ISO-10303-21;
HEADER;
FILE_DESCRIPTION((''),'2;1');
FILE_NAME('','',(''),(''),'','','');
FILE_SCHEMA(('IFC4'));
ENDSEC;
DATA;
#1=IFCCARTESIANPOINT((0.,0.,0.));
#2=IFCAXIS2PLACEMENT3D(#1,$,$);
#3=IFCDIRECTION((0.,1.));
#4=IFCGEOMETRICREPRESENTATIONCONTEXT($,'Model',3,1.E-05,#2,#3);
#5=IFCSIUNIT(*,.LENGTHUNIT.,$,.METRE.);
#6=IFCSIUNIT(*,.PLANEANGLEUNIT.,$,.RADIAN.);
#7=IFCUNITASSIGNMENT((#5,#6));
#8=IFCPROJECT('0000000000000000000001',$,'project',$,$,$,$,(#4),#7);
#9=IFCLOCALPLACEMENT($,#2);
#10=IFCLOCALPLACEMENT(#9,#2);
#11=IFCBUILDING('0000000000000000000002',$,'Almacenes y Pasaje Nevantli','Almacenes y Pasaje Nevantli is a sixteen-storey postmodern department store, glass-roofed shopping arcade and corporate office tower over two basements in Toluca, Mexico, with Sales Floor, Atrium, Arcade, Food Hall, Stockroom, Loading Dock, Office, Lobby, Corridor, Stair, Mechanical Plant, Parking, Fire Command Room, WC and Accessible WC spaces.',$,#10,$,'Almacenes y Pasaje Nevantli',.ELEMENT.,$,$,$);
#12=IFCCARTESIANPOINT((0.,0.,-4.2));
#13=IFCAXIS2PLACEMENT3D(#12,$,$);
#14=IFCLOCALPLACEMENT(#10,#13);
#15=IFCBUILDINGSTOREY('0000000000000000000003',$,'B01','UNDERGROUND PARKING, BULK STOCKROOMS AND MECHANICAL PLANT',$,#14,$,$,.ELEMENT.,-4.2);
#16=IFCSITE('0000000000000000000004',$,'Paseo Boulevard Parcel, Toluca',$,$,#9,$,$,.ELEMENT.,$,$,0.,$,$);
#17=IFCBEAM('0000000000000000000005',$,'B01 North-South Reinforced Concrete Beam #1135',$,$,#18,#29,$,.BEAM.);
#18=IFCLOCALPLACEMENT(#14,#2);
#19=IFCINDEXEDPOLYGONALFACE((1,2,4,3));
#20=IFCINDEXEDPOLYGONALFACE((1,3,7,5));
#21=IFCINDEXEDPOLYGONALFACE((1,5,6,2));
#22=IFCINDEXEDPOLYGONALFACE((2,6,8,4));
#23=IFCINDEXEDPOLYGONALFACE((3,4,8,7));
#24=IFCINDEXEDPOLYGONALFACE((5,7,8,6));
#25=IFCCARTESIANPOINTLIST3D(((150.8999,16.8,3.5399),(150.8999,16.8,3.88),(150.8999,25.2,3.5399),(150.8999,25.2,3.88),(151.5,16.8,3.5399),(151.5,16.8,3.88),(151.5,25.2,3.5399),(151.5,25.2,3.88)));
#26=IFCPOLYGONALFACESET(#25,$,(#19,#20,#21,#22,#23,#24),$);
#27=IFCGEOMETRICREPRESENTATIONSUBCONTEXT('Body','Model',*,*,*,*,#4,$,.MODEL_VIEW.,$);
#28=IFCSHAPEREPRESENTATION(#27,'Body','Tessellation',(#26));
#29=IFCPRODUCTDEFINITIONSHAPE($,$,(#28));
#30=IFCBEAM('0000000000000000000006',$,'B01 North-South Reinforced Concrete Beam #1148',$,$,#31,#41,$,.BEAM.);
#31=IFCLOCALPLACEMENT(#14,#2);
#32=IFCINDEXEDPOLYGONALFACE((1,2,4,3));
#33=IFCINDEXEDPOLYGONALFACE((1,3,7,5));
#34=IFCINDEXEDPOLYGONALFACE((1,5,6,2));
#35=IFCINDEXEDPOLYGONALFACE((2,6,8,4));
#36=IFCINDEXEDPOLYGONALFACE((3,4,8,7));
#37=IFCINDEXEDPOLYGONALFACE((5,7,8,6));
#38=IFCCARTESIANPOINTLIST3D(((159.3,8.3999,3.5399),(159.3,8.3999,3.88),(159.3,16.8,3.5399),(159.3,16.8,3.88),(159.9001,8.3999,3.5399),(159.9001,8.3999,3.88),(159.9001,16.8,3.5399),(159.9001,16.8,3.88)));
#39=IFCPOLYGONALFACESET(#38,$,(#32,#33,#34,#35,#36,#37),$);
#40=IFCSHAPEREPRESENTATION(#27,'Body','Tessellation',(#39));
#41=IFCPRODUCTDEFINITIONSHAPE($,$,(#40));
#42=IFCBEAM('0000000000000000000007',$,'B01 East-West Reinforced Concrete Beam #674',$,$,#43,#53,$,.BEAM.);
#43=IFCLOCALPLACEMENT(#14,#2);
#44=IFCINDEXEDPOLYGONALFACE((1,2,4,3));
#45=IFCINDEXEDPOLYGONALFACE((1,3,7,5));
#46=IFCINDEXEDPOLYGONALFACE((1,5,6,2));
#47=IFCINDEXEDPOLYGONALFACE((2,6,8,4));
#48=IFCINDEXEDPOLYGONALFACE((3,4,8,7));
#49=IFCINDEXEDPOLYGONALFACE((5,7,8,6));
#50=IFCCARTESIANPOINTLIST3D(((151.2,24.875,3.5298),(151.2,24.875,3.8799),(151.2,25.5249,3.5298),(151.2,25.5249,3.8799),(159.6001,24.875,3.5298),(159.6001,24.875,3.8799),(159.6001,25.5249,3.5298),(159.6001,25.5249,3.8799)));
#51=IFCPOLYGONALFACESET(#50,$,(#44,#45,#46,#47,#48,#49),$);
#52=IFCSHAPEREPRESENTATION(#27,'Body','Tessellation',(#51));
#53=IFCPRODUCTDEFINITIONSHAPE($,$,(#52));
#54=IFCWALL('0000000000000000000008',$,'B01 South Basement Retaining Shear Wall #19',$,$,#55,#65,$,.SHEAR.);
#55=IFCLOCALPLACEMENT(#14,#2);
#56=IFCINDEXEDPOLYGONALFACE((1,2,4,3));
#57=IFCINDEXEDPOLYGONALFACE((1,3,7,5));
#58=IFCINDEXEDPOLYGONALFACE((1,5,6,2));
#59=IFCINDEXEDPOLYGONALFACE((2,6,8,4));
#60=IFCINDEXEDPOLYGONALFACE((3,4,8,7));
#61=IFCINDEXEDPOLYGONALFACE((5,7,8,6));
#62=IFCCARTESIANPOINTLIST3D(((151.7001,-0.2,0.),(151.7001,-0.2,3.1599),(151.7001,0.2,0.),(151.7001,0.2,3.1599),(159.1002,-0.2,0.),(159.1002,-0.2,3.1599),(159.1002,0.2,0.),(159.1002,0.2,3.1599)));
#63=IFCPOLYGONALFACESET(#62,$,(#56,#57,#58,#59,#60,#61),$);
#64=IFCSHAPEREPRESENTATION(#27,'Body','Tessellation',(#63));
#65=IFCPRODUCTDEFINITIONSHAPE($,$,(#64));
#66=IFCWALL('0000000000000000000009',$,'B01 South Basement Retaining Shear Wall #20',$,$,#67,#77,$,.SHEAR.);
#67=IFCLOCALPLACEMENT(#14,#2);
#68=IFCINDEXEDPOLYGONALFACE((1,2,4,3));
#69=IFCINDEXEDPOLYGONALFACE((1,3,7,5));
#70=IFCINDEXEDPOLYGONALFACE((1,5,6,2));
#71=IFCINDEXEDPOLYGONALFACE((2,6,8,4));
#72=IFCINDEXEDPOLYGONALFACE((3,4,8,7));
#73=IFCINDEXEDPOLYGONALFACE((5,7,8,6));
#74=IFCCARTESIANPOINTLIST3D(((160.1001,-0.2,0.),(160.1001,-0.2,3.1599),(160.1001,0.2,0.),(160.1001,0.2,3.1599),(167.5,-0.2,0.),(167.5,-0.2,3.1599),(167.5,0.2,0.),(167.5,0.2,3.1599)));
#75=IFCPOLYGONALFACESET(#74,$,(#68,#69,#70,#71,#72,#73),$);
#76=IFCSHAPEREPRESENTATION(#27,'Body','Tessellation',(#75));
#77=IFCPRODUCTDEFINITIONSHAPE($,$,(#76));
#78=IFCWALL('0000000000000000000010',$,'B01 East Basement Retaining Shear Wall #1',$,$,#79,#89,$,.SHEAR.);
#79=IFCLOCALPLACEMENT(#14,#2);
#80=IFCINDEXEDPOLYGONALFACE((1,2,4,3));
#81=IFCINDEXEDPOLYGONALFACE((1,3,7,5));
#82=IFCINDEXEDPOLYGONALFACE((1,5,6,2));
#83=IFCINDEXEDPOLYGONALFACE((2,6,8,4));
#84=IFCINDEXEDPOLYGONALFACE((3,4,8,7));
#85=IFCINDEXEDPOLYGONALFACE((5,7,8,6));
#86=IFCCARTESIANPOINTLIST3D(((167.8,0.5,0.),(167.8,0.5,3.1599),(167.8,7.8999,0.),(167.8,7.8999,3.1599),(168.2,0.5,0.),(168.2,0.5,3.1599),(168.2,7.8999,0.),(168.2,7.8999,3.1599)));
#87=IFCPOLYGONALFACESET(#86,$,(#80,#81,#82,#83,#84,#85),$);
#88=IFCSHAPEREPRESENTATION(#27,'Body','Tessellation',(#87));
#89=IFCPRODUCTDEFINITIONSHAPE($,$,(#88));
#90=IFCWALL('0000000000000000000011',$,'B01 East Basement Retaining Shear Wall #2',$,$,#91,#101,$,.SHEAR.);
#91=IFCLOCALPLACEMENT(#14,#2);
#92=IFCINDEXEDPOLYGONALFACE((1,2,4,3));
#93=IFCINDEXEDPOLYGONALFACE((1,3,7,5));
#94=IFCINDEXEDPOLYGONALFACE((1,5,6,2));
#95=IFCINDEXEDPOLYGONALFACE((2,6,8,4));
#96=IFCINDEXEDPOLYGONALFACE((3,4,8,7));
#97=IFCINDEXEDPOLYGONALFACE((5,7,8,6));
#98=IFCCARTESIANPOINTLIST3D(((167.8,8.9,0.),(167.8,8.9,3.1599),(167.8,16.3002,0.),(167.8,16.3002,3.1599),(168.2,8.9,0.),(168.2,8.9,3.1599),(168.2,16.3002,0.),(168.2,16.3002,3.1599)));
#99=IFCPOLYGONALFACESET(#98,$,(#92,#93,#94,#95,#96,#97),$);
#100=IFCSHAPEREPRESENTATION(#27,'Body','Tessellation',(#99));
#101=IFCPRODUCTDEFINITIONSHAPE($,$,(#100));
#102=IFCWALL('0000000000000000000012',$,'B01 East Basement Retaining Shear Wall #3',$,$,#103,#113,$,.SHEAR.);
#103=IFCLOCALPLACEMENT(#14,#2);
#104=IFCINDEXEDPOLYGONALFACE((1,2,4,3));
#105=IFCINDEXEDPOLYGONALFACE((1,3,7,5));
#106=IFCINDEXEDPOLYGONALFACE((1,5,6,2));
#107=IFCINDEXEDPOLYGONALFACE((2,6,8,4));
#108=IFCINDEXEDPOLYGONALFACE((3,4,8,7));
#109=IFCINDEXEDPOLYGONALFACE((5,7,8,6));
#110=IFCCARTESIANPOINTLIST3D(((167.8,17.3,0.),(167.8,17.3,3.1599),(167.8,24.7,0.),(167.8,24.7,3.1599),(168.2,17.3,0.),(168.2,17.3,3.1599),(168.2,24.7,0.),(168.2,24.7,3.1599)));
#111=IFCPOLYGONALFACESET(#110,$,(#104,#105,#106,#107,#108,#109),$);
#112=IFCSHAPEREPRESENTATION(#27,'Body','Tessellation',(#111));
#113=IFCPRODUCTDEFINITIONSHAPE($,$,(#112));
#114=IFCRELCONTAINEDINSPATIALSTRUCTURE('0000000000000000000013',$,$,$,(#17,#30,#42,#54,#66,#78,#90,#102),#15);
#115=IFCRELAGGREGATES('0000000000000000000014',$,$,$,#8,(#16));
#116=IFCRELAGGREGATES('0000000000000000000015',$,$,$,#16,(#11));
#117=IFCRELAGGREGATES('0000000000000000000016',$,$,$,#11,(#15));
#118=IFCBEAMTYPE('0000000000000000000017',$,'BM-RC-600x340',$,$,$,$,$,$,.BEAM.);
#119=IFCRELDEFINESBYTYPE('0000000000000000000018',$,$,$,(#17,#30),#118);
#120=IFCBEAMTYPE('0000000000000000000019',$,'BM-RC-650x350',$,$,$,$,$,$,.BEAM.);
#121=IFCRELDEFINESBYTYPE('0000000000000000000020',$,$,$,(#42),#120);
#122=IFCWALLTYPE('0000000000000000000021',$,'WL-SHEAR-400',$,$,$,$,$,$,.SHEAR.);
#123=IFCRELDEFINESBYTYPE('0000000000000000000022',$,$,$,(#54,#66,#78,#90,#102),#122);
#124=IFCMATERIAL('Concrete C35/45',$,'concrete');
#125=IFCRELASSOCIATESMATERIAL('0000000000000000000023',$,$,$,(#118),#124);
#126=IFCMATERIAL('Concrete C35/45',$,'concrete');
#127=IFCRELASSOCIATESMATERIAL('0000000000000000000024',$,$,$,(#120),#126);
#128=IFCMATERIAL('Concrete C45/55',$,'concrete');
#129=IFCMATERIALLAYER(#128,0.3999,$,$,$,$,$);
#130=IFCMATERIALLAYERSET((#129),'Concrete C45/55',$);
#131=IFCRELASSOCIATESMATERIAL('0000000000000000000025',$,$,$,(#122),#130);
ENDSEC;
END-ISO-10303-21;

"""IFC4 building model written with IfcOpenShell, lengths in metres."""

from ifc_helpers import new_model, si_unit, direction, frame, frame_2d, origin, origin_2d, place, context, subcontext, project, spatial, rectangle, extrude, material, layer, layer_set, material_profile, profile_set, type_object, element, save


model = new_model("IFC4")

# Units and contexts
model_context = context("Model", 3, precision=1e-05, world=origin(), true_north=direction((0.0, 1.0)))
body_context = subcontext(model_context, "Body", "Model", "MODEL_VIEW")
ifc_project = project(units=[si_unit("LENGTHUNIT", "METRE"), si_unit("PLANEANGLEUNIT", "RADIAN")], contexts=[model_context])

# Site, building, storey
site_placement = place(None, origin())
site = spatial("IfcSite", under=ifc_project, at=site_placement, Name="Paseo Boulevard Parcel, Toluca", CompositionType="ELEMENT", RefElevation=0.0)
building_placement = place(site_placement, origin())
building = spatial("IfcBuilding", under=site, at=building_placement, Name="Almacenes y Pasaje Nevantli", Description="Almacenes y Pasaje Nevantli is a sixteen-storey postmodern department store, glass-roofed shopping arcade and corporate office tower over two basements in Toluca, Mexico, with Sales Floor, Atrium, Arcade, Food Hall, Stockroom, Loading Dock, Office, Lobby, Corridor, Stair, Mechanical Plant, Parking, Fire Command Room, WC and Accessible WC spaces.", LongName="Almacenes y Pasaje Nevantli", CompositionType="ELEMENT")
storey_placement = place(building_placement, frame((0.0, 0.0, -4.2)))
storey = spatial("IfcBuildingStorey", under=building, at=storey_placement, Name="B01", Description="UNDERGROUND PARKING, BULK STOCKROOMS AND MECHANICAL PLANT", CompositionType="ELEMENT", Elevation=-4.2)

# Beams
ifc_material_1 = material(Name="Concrete C35/45", Category="concrete")
ifc_material_profile_1 = material_profile(ifc_material_1, rectangle(XDim=0.6001, YDim=0.3401, at=origin_2d()), Name="RC-BM-600x340")
ifc_profile_set_1 = profile_set([ifc_material_profile_1], Name="Concrete C35/45")
beam_type_1 = type_object("IfcBeamType", Name="BM-RC-600x340", PredefinedType="BEAM", material=ifc_profile_set_1)
beam_1_placement = place(storey_placement, frame((151.2, 16.8, 3.71), z_axis=(0.0, 1.0, 0.0), x_axis=(-1.0, 0.0, 0.0)))
element("IfcBeam", 1, at=beam_1_placement, inside=storey, type_object=beam_type_1, Name="B01 North-South Reinforced Concrete Beam #1135", PredefinedType="BEAM", context=body_context, shape_type="SweptSolid", body=[
    extrude(rectangle(XDim=0.6001, YDim=0.3401, at=origin_2d()), origin(), (0.0, 0.0, 1.0), 8.3999),
])
beam_2_placement = place(storey_placement, frame((159.6001, 8.3999, 3.71), z_axis=(0.0, 1.0, 0.0), x_axis=(-1.0, 0.0, 0.0)))
element("IfcBeam", 2, at=beam_2_placement, inside=storey, type_object=beam_type_1, Name="B01 North-South Reinforced Concrete Beam #1148", PredefinedType="BEAM", context=body_context, shape_type="SweptSolid", body=[
    extrude(rectangle(XDim=0.6001, YDim=0.3401, at=origin_2d()), origin(), (0.0, 0.0, 1.0), 8.4001),
])
ifc_material_2 = material(Name="Concrete C35/45", Category="concrete")
ifc_material_profile_2 = material_profile(ifc_material_2, rectangle(XDim=0.6499, YDim=0.3501, at=origin_2d()), Name="RC-BM-650x350")
ifc_profile_set_2 = profile_set([ifc_material_profile_2], Name="Concrete C35/45")
beam_type_2 = type_object("IfcBeamType", Name="BM-RC-650x350", PredefinedType="BEAM", material=ifc_profile_set_2)
beam_3_placement = place(storey_placement, frame((151.2, 25.2, 3.7048), z_axis=(1.0, 0.0, 0.0), x_axis=(0.0, 1.0, 0.0)))
element("IfcBeam", 3, at=beam_3_placement, inside=storey, type_object=beam_type_2, Name="B01 East-West Reinforced Concrete Beam #674", PredefinedType="BEAM", context=body_context, shape_type="SweptSolid", body=[
    extrude(rectangle(XDim=0.6499, YDim=0.3501, at=origin_2d()), origin(), (0.0, 0.0, 1.0), 8.4001),
])

# Walls
ifc_material_3 = material(Name="Concrete C45/55", Category="concrete")
ifc_layer = layer(ifc_material_3, 0.3999)
ifc_layer_set = layer_set([ifc_layer], Name="Concrete C45/55")
wall_type = type_object("IfcWallType", Name="WL-SHEAR-400", PredefinedType="SHEAR", material=ifc_layer_set)
wall_1_placement = place(storey_placement, frame((151.7, 0.0, 0.0), z_axis=(0.0, 0.0, 1.0), x_axis=(1.0, 0.0, 0.0)))
element("IfcWall", 4, at=wall_1_placement, inside=storey, type_object=wall_type, Name="B01 South Basement Retaining Shear Wall #19", PredefinedType="SHEAR", context=body_context, shape_type="SweptSolid", body=[
    extrude(rectangle(XDim=7.4001, YDim=0.3999, at=frame_2d((3.7002, 0.0))), origin(), (0.0, 0.0, 1.0), 3.1599),
])
for number, where, z_axis, x_axis, name in (
    (5, (160.1001, 0.0, 0.0), (0.0, 0.0, 1.0), (1.0, 0.0, 0.0), "B01 South Basement Retaining Shear Wall #20"),
    (6, (168.0, 0.5, 0.0), (0.0, 0.0, 1.0), (0.0, 1.0, 0.0), "B01 East Basement Retaining Shear Wall #1"),
):
    element("IfcWall", number, at=place(storey_placement, frame(where, z_axis=z_axis, x_axis=x_axis)), inside=storey, type_object=wall_type, Name=name, PredefinedType="SHEAR", context=body_context, shape_type="SweptSolid", body=[
        extrude(rectangle(XDim=7.3999, YDim=0.3999, at=frame_2d((3.7, 0.0))), origin(), (0.0, 0.0, 1.0), 3.1599),
    ])
wall_2_placement = place(storey_placement, frame((168.0, 8.8999, 0.0), z_axis=(0.0, 0.0, 1.0), x_axis=(0.0, 1.0, 0.0)))
element("IfcWall", 7, at=wall_2_placement, inside=storey, type_object=wall_type, Name="B01 East Basement Retaining Shear Wall #2", PredefinedType="SHEAR", context=body_context, shape_type="SweptSolid", body=[
    extrude(rectangle(XDim=7.4001, YDim=0.3999, at=frame_2d((3.7002, 0.0))), origin(), (0.0, 0.0, 1.0), 3.1599),
])
wall_3_placement = place(storey_placement, frame((168.0, 17.3, 0.0), z_axis=(0.0, 0.0, 1.0), x_axis=(0.0, 1.0, 0.0)))
element("IfcWall", 8, at=wall_3_placement, inside=storey, type_object=wall_type, Name="B01 East Basement Retaining Shear Wall #3", PredefinedType="SHEAR", context=body_context, shape_type="SweptSolid", body=[
    extrude(rectangle(XDim=7.3999, YDim=0.3999, at=frame_2d((3.7, 0.0))), origin(), (0.0, 0.0, 1.0), 3.1599),
])

save(model, "model.ifc")
